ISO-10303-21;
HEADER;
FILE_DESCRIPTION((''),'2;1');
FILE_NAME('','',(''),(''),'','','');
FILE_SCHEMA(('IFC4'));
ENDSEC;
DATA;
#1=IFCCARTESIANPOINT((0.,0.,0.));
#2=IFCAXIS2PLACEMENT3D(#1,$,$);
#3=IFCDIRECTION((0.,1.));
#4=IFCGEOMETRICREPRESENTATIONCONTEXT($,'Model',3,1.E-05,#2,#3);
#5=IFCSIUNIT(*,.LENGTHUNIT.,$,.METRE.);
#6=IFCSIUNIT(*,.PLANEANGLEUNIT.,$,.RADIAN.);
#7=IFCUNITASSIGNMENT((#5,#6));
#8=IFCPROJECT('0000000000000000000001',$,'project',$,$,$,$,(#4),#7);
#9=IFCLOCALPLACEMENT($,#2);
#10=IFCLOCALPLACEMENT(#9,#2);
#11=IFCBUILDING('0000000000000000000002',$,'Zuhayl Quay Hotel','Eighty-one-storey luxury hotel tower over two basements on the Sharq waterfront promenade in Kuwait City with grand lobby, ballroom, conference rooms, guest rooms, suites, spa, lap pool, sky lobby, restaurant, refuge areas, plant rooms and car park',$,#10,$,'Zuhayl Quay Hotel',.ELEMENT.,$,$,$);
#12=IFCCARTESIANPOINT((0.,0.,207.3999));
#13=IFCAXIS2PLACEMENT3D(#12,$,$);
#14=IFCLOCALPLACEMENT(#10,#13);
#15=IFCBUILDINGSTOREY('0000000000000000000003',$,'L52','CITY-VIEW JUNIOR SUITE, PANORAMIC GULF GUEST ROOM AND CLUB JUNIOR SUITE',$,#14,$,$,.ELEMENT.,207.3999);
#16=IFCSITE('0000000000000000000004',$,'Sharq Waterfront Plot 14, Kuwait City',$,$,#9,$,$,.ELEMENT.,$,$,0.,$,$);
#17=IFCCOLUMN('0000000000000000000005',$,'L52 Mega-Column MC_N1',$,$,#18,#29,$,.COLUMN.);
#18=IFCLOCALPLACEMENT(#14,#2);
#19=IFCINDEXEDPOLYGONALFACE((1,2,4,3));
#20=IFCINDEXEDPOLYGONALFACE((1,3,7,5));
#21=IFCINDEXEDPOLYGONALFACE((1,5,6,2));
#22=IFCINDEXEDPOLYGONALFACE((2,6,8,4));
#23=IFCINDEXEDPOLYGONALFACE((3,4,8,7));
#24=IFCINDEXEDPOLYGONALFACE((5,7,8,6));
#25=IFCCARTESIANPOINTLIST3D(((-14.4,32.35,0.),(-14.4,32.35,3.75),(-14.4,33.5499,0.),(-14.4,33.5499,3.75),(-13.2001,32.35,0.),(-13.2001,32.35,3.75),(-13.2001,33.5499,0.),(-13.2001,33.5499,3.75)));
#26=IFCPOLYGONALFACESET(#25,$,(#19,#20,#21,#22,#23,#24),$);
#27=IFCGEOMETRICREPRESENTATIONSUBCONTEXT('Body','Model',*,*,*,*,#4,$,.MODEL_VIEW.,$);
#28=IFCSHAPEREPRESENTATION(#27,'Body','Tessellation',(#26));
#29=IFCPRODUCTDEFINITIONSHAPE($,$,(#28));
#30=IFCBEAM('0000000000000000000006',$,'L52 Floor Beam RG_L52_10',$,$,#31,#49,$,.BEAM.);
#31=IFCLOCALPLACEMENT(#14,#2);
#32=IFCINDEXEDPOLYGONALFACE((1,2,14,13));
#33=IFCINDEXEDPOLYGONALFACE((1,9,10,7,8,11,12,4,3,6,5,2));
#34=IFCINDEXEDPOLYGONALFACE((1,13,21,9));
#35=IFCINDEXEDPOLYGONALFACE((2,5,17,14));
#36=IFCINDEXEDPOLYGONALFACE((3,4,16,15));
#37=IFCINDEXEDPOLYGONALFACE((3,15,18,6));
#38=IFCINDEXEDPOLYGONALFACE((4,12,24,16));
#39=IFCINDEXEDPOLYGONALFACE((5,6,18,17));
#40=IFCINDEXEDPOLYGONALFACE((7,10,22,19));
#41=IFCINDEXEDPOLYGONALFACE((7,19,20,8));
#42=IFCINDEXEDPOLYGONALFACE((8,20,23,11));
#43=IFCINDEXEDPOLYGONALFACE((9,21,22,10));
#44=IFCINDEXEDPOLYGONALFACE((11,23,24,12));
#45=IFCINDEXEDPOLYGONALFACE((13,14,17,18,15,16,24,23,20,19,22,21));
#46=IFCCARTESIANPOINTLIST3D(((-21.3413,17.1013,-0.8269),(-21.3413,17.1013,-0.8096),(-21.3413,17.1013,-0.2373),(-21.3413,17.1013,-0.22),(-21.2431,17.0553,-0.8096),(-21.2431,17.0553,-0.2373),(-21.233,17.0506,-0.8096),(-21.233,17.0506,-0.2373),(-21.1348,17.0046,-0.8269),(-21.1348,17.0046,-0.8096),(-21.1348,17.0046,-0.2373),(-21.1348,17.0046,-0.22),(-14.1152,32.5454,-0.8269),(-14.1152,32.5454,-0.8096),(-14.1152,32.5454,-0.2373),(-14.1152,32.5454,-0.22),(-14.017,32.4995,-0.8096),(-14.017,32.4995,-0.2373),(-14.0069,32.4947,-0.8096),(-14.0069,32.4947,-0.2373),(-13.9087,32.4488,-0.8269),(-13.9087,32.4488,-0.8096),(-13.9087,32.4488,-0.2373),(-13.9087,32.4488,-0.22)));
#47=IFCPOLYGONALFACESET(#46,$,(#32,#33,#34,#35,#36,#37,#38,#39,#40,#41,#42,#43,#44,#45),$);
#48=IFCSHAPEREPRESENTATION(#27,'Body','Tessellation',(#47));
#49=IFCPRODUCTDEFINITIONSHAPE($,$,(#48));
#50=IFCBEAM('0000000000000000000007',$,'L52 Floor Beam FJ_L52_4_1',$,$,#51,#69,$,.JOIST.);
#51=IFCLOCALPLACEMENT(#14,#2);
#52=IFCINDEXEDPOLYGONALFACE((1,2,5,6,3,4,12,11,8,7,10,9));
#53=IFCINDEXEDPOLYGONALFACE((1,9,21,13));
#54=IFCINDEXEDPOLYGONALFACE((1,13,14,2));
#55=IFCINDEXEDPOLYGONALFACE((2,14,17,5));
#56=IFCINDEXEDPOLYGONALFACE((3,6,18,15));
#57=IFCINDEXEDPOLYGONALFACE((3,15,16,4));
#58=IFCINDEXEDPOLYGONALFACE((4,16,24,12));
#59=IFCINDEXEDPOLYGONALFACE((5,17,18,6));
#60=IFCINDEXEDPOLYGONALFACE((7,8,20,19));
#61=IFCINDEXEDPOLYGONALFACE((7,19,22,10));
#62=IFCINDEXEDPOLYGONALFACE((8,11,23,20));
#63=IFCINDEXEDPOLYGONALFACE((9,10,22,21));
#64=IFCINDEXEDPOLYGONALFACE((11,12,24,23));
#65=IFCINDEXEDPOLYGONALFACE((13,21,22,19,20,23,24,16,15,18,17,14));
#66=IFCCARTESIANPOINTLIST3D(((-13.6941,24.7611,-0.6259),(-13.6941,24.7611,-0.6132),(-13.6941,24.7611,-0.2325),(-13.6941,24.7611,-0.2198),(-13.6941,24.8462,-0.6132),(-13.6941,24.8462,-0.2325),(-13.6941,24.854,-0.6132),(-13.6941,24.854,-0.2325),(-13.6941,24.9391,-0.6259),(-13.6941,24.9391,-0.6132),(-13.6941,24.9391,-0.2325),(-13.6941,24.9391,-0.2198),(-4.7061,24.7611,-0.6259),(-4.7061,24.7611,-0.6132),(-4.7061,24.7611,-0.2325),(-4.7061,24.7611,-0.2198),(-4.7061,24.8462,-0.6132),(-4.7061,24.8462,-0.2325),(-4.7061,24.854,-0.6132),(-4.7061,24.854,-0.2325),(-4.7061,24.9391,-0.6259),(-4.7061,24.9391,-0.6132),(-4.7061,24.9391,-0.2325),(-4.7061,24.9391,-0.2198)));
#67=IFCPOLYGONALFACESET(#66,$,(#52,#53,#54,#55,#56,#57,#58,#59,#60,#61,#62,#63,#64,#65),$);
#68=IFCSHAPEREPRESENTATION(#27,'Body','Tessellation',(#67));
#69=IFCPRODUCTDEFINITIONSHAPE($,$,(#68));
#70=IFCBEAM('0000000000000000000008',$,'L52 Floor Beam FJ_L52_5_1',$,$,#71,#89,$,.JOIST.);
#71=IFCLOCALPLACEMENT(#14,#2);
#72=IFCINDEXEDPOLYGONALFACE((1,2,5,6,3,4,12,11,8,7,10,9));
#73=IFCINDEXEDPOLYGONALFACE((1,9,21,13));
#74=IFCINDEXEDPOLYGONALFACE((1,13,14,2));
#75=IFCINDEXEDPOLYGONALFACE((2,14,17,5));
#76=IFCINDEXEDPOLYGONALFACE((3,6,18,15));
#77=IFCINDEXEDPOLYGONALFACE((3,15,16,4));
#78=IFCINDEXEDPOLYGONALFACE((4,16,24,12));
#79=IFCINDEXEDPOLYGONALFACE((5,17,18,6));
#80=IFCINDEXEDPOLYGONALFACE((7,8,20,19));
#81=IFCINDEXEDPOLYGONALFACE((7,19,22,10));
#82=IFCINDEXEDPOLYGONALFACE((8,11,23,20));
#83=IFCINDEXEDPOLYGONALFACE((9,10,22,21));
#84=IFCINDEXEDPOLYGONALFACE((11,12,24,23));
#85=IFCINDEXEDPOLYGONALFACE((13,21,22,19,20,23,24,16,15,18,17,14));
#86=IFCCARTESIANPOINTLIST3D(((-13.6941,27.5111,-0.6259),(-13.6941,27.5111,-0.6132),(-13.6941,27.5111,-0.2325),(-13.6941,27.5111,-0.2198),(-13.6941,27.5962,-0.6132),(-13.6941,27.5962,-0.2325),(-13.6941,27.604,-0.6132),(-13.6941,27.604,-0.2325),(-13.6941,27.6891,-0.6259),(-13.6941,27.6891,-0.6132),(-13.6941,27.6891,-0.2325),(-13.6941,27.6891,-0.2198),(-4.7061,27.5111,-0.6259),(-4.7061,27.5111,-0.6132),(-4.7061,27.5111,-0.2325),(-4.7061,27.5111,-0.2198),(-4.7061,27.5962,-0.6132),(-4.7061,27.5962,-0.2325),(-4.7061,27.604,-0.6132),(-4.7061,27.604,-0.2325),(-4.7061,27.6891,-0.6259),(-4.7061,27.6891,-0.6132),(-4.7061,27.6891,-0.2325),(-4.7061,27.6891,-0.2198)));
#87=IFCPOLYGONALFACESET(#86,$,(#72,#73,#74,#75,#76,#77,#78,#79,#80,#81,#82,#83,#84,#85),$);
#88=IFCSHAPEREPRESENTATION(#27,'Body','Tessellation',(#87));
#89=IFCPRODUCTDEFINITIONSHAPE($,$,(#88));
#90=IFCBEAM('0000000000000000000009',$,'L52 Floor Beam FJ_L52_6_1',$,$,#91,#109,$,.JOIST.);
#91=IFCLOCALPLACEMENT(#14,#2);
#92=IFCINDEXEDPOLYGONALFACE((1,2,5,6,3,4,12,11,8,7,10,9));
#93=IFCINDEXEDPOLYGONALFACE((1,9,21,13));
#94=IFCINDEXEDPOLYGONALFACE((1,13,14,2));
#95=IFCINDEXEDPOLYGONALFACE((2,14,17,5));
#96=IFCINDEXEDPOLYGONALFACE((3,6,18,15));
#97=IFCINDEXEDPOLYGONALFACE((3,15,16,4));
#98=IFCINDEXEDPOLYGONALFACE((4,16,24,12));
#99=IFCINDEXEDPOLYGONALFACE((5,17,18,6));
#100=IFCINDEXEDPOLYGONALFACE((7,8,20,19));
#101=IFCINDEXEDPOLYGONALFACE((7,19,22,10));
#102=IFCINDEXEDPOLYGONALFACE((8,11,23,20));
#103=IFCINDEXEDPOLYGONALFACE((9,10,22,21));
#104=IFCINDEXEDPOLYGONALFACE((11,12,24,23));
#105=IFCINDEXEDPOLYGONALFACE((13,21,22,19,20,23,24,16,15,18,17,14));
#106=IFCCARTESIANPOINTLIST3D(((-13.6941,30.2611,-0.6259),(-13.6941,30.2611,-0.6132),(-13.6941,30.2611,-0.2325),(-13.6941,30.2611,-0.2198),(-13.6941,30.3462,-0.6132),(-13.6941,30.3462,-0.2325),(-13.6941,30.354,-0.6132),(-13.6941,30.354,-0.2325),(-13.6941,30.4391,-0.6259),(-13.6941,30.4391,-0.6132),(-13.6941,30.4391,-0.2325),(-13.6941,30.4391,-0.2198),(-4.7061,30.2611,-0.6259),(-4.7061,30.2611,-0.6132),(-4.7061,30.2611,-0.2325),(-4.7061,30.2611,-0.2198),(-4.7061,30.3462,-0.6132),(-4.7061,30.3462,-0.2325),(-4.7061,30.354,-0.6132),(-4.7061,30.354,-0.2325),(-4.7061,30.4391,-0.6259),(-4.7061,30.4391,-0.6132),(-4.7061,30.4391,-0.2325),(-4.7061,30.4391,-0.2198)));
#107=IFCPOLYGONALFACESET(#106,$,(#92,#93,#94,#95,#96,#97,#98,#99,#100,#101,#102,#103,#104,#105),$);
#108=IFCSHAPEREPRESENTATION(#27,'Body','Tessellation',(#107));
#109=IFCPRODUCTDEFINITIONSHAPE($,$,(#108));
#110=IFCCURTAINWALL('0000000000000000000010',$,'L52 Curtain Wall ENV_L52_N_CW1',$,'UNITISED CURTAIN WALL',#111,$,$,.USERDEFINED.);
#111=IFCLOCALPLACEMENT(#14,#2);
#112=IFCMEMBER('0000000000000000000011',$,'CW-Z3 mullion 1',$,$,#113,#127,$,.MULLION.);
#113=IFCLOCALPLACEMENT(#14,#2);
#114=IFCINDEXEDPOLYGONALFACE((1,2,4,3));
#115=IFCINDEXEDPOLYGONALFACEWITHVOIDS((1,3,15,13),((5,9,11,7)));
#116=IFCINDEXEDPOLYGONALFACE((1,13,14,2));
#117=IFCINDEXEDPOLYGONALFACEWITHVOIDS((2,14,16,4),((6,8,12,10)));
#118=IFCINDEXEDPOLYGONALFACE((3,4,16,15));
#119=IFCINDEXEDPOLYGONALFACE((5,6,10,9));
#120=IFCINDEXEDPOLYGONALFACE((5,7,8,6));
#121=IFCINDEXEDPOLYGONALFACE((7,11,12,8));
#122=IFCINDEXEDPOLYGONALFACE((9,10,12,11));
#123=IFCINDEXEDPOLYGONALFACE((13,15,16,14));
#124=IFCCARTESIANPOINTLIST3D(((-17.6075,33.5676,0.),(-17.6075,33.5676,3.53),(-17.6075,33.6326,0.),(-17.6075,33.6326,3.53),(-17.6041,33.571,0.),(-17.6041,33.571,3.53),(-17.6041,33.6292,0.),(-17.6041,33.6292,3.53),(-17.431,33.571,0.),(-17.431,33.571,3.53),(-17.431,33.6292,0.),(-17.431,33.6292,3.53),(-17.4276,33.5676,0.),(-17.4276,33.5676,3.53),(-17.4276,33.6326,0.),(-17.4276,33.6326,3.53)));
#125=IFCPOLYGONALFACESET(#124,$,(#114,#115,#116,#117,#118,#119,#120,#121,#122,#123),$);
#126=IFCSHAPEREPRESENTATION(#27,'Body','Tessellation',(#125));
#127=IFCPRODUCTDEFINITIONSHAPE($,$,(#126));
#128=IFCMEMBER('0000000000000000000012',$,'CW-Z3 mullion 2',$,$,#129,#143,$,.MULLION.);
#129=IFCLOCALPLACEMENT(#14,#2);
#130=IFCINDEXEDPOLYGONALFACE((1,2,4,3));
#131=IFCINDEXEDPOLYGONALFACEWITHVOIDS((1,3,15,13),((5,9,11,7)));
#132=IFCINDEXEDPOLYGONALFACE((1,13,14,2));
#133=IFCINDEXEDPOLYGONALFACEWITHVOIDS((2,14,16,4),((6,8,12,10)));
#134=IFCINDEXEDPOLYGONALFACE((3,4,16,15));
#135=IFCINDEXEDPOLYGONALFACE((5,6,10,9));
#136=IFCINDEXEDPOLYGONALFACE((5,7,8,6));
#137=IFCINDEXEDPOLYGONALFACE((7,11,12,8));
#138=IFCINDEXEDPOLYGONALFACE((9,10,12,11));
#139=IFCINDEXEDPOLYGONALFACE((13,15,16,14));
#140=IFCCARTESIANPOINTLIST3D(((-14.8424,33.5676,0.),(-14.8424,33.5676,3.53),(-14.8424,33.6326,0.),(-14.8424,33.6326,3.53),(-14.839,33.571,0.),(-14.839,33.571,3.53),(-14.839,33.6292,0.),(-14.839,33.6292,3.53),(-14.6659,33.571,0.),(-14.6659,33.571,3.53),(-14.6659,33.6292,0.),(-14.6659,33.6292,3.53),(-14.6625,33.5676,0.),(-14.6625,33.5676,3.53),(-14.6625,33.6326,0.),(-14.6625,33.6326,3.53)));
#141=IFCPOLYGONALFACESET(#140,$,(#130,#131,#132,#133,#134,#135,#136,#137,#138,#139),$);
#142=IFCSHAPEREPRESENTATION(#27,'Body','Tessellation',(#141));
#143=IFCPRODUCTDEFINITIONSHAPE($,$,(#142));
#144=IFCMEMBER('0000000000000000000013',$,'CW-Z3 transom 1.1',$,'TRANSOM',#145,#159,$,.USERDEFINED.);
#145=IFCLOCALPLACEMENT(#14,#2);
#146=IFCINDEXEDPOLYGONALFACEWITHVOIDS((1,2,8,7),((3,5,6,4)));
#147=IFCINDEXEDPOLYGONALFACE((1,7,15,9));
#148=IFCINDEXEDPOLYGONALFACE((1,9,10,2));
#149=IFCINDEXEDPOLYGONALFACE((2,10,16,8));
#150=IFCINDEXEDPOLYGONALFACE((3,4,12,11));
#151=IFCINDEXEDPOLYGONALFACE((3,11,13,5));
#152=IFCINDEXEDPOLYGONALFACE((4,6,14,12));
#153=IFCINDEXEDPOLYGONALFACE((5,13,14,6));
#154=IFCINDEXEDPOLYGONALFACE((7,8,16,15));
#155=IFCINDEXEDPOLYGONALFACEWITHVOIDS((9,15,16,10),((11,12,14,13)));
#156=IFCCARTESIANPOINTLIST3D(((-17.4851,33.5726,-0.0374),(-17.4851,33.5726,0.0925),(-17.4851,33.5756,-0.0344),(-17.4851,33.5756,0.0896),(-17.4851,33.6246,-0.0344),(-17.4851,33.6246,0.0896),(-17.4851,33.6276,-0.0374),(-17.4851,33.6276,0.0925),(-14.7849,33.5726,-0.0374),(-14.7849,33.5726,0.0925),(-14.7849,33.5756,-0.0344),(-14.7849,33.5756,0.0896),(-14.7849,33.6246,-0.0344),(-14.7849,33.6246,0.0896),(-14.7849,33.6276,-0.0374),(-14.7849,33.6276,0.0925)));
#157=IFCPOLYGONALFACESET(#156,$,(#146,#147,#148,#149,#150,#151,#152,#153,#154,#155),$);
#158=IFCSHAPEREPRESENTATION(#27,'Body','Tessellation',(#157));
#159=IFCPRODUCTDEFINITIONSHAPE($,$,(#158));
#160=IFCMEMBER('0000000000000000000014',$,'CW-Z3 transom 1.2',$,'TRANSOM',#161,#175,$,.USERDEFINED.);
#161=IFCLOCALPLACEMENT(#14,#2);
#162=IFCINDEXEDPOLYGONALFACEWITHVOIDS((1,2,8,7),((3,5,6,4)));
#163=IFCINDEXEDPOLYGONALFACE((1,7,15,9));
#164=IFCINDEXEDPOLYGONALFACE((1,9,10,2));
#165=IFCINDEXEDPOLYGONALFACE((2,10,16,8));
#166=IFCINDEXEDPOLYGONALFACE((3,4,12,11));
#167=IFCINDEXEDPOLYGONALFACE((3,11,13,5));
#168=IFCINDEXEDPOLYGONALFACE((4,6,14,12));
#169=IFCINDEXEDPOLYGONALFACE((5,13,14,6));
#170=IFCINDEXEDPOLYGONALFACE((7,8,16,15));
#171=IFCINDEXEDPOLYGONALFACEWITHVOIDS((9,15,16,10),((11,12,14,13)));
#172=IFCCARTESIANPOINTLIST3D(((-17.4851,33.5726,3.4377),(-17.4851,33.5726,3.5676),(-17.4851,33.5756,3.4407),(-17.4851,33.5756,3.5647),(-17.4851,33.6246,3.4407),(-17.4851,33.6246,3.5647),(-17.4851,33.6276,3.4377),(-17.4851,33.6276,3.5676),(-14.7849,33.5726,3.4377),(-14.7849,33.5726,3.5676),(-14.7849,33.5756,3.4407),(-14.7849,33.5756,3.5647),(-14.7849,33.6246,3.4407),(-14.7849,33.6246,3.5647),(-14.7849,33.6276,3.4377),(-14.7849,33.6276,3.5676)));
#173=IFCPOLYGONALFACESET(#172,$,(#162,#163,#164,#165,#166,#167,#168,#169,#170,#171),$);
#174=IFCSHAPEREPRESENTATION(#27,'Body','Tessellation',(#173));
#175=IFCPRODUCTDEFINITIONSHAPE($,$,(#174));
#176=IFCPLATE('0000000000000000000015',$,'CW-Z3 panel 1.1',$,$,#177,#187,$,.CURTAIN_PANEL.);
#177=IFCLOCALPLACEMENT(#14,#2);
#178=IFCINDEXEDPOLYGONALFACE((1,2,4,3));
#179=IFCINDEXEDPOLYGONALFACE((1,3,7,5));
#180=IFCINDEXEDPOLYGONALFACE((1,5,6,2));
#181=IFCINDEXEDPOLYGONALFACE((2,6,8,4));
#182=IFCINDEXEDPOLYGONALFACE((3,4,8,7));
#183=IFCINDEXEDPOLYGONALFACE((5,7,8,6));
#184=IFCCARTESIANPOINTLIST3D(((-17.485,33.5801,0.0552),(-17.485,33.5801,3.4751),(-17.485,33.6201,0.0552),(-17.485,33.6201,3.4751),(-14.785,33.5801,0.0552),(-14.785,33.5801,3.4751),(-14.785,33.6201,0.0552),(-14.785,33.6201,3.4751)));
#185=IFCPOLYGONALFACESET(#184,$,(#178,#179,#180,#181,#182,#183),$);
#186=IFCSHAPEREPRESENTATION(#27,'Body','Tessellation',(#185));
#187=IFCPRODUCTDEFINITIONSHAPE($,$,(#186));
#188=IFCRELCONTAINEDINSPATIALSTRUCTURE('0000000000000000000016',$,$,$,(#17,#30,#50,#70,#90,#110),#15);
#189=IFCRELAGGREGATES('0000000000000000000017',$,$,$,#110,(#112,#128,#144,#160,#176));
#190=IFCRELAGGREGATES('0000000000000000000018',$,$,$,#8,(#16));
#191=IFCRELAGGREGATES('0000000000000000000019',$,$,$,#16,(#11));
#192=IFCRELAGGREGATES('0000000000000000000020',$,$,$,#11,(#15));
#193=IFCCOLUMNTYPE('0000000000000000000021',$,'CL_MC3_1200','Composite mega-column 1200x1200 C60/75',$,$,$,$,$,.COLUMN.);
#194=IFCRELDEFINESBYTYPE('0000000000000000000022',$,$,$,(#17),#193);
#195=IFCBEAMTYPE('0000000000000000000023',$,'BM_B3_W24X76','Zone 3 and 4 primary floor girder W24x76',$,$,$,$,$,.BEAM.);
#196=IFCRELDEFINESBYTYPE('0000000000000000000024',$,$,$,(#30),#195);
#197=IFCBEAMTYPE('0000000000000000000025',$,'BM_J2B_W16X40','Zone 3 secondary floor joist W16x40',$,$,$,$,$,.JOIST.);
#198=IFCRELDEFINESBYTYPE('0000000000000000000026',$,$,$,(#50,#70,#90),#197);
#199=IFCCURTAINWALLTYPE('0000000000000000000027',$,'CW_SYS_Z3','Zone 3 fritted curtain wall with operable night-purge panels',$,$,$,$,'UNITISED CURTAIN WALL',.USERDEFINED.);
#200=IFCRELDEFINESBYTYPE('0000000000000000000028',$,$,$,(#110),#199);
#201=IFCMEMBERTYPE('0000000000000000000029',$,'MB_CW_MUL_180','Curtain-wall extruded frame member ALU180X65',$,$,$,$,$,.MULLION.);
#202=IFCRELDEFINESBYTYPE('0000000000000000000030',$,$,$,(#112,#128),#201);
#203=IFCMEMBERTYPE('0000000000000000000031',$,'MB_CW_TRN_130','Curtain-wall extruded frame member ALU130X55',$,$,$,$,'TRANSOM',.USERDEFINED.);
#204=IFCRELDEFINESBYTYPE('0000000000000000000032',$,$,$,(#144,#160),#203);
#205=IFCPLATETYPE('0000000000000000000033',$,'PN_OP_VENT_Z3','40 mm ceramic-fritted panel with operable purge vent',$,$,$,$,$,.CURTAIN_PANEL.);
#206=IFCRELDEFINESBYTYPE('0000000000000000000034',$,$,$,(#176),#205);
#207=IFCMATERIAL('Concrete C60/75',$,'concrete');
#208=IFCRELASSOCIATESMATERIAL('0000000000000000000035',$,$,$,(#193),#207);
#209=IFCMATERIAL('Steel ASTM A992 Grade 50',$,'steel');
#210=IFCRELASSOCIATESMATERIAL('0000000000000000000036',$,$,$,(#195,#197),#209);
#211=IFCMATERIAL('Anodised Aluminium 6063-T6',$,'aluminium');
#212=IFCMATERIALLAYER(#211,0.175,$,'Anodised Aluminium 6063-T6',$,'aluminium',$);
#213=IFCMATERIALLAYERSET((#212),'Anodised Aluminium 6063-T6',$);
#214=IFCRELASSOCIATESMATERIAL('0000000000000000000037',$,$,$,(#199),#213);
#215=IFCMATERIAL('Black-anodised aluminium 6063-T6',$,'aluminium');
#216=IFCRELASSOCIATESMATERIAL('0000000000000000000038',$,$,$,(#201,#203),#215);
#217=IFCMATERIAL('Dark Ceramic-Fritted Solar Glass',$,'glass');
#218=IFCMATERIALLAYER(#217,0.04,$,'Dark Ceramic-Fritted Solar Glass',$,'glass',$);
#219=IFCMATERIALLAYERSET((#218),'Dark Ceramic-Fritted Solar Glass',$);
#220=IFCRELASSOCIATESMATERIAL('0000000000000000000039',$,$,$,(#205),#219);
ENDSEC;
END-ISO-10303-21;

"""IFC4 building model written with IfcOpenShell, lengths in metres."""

from ifc_helpers import new_model, si_unit, direction, frame, origin, origin_2d, place, context, subcontext, project, spatial, rectangle, hollow_rectangle, i_section, extrude, material, layer, layer_set, material_profile, profile_set, type_object, element, aggregate, save


model = new_model("IFC4")

# Units and contexts
model_context = context("Model", 3, precision=1e-05, world=origin(), true_north=direction((0.0, 1.0)))
body_context = subcontext(model_context, "Body", "Model", "MODEL_VIEW")
ifc_project = project(units=[si_unit("LENGTHUNIT", "METRE"), si_unit("PLANEANGLEUNIT", "RADIAN")], contexts=[model_context])

# Site, building, storey
site_placement = place(None, origin())
site = spatial("IfcSite", under=ifc_project, at=site_placement, Name="Sharq Waterfront Plot 14, Kuwait City", CompositionType="ELEMENT", RefElevation=0.0)
building_placement = place(site_placement, origin())
building = spatial("IfcBuilding", under=site, at=building_placement, Name="Zuhayl Quay Hotel", Description="Eighty-one-storey luxury hotel tower over two basements on the Sharq waterfront promenade in Kuwait City with grand lobby, ballroom, conference rooms, guest rooms, suites, spa, lap pool, sky lobby, restaurant, refuge areas, plant rooms and car park", LongName="Zuhayl Quay Hotel", CompositionType="ELEMENT")
storey_placement = place(building_placement, frame((0.0, 0.0, 207.3999)))
storey = spatial("IfcBuildingStorey", under=building, at=storey_placement, Name="L52", Description="CITY-VIEW JUNIOR SUITE, PANORAMIC GULF GUEST ROOM AND CLUB JUNIOR SUITE", CompositionType="ELEMENT", Elevation=207.3999)

# Column
ifc_material_1 = material(Name="Concrete C60/75", Category="concrete")
ifc_material_profile_1 = material_profile(ifc_material_1, rectangle(XDim=1.2, YDim=1.2, at=origin_2d()), Name="RC1200X1200")
ifc_profile_set_1 = profile_set([ifc_material_profile_1], Name="Concrete C60/75")
column_type = type_object("IfcColumnType", Name="CL_MC3_1200", Description="Composite mega-column 1200x1200 C60/75", PredefinedType="COLUMN", material=ifc_profile_set_1)
column_placement = place(storey_placement, frame((-13.8, 32.95, 0.0), z_axis=(0.0, 0.0, 1.0), x_axis=(1.0, 0.0, 0.0)))
element("IfcColumn", 1, at=column_placement, inside=storey, type_object=column_type, Name="L52 Mega-Column MC_N1", PredefinedType="COLUMN", context=body_context, shape_type="SweptSolid", body=[
    extrude(rectangle(XDim=1.2, YDim=1.2, at=origin_2d()), origin(), (0.0, 0.0, 1.0), 3.75),
])

# Beams
ifc_material_2 = material(Name="Steel ASTM A992 Grade 50", Category="steel")
ifc_material_profile_2 = material_profile(ifc_material_2, i_section(OverallWidth=0.228, OverallDepth=0.6069, WebThickness=0.0112, FlangeThickness=0.0173, at=origin_2d()), Name="W24X76")
ifc_profile_set_2 = profile_set([ifc_material_profile_2], Name="Steel ASTM A992 Grade 50")
beam_type_1 = type_object("IfcBeamType", Name="BM_B3_W24X76", Description="Zone 3 and 4 primary floor girder W24x76", PredefinedType="BEAM", material=ifc_profile_set_2)
beam_placement = place(storey_placement, frame((-14.012, 32.4971, -0.5234), z_axis=(-0.423792, -0.905759, 0.0), x_axis=(0.905759, -0.423792, 0.0)))
element("IfcBeam", 2, at=beam_placement, inside=storey, type_object=beam_type_1, Name="L52 Floor Beam RG_L52_10", PredefinedType="BEAM", context=body_context, shape_type="SweptSolid", body=[
    extrude(i_section(OverallWidth=0.228, OverallDepth=0.6069, WebThickness=0.0112, FlangeThickness=0.0173, at=origin_2d()), origin(), (0.0, 0.0, 1.0), 17.051),
])
ifc_material_profile_3 = material_profile(ifc_material_2, i_section(OverallWidth=0.178, OverallDepth=0.406, WebThickness=0.0078, FlangeThickness=0.0127, at=origin_2d()), Name="W16X40")
ifc_profile_set_3 = profile_set([ifc_material_profile_3], Name="Steel ASTM A992 Grade 50")
beam_type_2 = type_object("IfcBeamType", Name="BM_J2B_W16X40", Description="Zone 3 secondary floor joist W16x40", PredefinedType="JOIST", material=ifc_profile_set_3)
for number, where, z_axis, x_axis, name in (
    (3, (-13.6941, 24.8501, -0.4229), (1.0, 0.0, 0.0), (0.0, 1.0, 0.0), "L52 Floor Beam FJ_L52_4_1"),
    (4, (-13.6941, 27.6001, -0.4229), (1.0, 0.0, 0.0), (0.0, 1.0, 0.0), "L52 Floor Beam FJ_L52_5_1"),
    (5, (-13.6941, 30.3501, -0.4229), (1.0, 0.0, 0.0), (0.0, 1.0, 0.0), "L52 Floor Beam FJ_L52_6_1"),
):
    element("IfcBeam", number, at=place(storey_placement, frame(where, z_axis=z_axis, x_axis=x_axis)), inside=storey, type_object=beam_type_2, Name=name, PredefinedType="JOIST", context=body_context, shape_type="SweptSolid", body=[
        extrude(i_section(OverallWidth=0.178, OverallDepth=0.406, WebThickness=0.0078, FlangeThickness=0.0127, at=origin_2d()), origin(), (0.0, 0.0, 1.0), 8.988),
    ])

# Curtain wall, members, plate
ifc_material_3 = material(Name="Anodised Aluminium 6063-T6", Category="aluminium")
ifc_layer_1 = layer(ifc_material_3, 0.175, Name="Anodised Aluminium 6063-T6", Category="aluminium")
ifc_layer_set_1 = layer_set([ifc_layer_1], Name="Anodised Aluminium 6063-T6")
curtain_wall_type = type_object("IfcCurtainWallType", Name="CW_SYS_Z3", Description="Zone 3 fritted curtain wall with operable night-purge panels", ElementType="UNITISED CURTAIN WALL", PredefinedType="USERDEFINED", material=ifc_layer_set_1)
curtain_wall_placement = place(storey_placement, origin())
curtain_wall = element("IfcCurtainWall", 6, at=curtain_wall_placement, inside=storey, type_object=curtain_wall_type, Name="L52 Curtain Wall ENV_L52_N_CW1", ObjectType="UNITISED CURTAIN WALL", PredefinedType="USERDEFINED")
ifc_material_4 = material(Name="Black-anodised aluminium 6063-T6", Category="aluminium")
ifc_material_profile_4 = material_profile(ifc_material_4, hollow_rectangle(XDim=0.0649, YDim=0.1799, WallThickness=0.0034, at=origin_2d()), Name="ALU180X65")
ifc_profile_set_4 = profile_set([ifc_material_profile_4], Name="Black-anodised aluminium 6063-T6")
member_type_1 = type_object("IfcMemberType", Name="MB_CW_MUL_180", Description="Curtain-wall extruded frame member ALU180X65", PredefinedType="MULLION", material=ifc_profile_set_4)
member_1_placement = place(storey_placement, frame((-17.5176, 33.6001, 0.0), z_axis=(0.0, 0.0, 1.0), x_axis=(0.0, 1.0, 0.0)))
member_1 = element("IfcMember", 7, at=member_1_placement, type_object=member_type_1, Name="CW-Z3 mullion 1", PredefinedType="MULLION", context=body_context, shape_type="SweptSolid", body=[
    extrude(hollow_rectangle(XDim=0.0649, YDim=0.1799, WallThickness=0.0034, at=origin_2d()), origin(), (0.0, 0.0, 1.0), 3.53),
])
member_2_placement = place(storey_placement, frame((-14.7524, 33.6001, 0.0), z_axis=(0.0, 0.0, 1.0), x_axis=(0.0, 1.0, 0.0)))
member_2 = element("IfcMember", 8, at=member_2_placement, type_object=member_type_1, Name="CW-Z3 mullion 2", PredefinedType="MULLION", context=body_context, shape_type="SweptSolid", body=[
    extrude(hollow_rectangle(XDim=0.0649, YDim=0.1799, WallThickness=0.0034, at=origin_2d()), origin(), (0.0, 0.0, 1.0), 3.53),
])
ifc_material_profile_5 = material_profile(ifc_material_4, hollow_rectangle(XDim=0.0549, YDim=0.1299, WallThickness=0.0029, at=origin_2d()), Name="ALU130X55")
ifc_profile_set_5 = profile_set([ifc_material_profile_5], Name="Black-anodised aluminium 6063-T6")
member_type_2 = type_object("IfcMemberType", Name="MB_CW_TRN_130", Description="Curtain-wall extruded frame member ALU130X55", ElementType="TRANSOM", PredefinedType="USERDEFINED", material=ifc_profile_set_5)
member_3_placement = place(storey_placement, frame((-17.4851, 33.6001, 0.0276), z_axis=(1.0, 0.0, 0.0), x_axis=(0.0, 1.0, 0.0)))
member_3 = element("IfcMember", 9, at=member_3_placement, type_object=member_type_2, Name="CW-Z3 transom 1.1", ObjectType="TRANSOM", PredefinedType="USERDEFINED", context=body_context, shape_type="SweptSolid", body=[
    extrude(hollow_rectangle(XDim=0.0549, YDim=0.1299, WallThickness=0.0029, at=origin_2d()), origin(), (0.0, 0.0, 1.0), 2.7002),
])
member_4_placement = place(storey_placement, frame((-17.4851, 33.6001, 3.5027), z_axis=(1.0, 0.0, 0.0), x_axis=(0.0, 1.0, 0.0)))
member_4 = element("IfcMember", 10, at=member_4_placement, type_object=member_type_2, Name="CW-Z3 transom 1.2", ObjectType="TRANSOM", PredefinedType="USERDEFINED", context=body_context, shape_type="SweptSolid", body=[
    extrude(hollow_rectangle(XDim=0.0549, YDim=0.1299, WallThickness=0.0029, at=origin_2d()), origin(), (0.0, 0.0, 1.0), 2.7002),
])
ifc_material_5 = material(Name="Dark Ceramic-Fritted Solar Glass", Category="glass")
ifc_layer_2 = layer(ifc_material_5, 0.04, Name="Dark Ceramic-Fritted Solar Glass", Category="glass")
ifc_layer_set_2 = layer_set([ifc_layer_2], Name="Dark Ceramic-Fritted Solar Glass")
plate_type = type_object("IfcPlateType", Name="PN_OP_VENT_Z3", Description="40 mm ceramic-fritted panel with operable purge vent", PredefinedType="CURTAIN_PANEL", material=ifc_layer_set_2)
plate_placement = place(storey_placement, frame((-16.135, 33.6001, 0.0552), z_axis=(0.0, 0.0, 1.0), x_axis=(1.0, 0.0, 0.0)))
plate = element("IfcPlate", 11, at=plate_placement, type_object=plate_type, Name="CW-Z3 panel 1.1", PredefinedType="CURTAIN_PANEL", context=body_context, shape_type="SweptSolid", body=[
    extrude(rectangle(XDim=2.7, YDim=0.04, at=origin_2d()), origin(), (0.0, 0.0, 1.0), 3.4199),
])
aggregate(curtain_wall, [member_1, member_2, member_3, member_4, plate])

save(model, "model.ifc")
